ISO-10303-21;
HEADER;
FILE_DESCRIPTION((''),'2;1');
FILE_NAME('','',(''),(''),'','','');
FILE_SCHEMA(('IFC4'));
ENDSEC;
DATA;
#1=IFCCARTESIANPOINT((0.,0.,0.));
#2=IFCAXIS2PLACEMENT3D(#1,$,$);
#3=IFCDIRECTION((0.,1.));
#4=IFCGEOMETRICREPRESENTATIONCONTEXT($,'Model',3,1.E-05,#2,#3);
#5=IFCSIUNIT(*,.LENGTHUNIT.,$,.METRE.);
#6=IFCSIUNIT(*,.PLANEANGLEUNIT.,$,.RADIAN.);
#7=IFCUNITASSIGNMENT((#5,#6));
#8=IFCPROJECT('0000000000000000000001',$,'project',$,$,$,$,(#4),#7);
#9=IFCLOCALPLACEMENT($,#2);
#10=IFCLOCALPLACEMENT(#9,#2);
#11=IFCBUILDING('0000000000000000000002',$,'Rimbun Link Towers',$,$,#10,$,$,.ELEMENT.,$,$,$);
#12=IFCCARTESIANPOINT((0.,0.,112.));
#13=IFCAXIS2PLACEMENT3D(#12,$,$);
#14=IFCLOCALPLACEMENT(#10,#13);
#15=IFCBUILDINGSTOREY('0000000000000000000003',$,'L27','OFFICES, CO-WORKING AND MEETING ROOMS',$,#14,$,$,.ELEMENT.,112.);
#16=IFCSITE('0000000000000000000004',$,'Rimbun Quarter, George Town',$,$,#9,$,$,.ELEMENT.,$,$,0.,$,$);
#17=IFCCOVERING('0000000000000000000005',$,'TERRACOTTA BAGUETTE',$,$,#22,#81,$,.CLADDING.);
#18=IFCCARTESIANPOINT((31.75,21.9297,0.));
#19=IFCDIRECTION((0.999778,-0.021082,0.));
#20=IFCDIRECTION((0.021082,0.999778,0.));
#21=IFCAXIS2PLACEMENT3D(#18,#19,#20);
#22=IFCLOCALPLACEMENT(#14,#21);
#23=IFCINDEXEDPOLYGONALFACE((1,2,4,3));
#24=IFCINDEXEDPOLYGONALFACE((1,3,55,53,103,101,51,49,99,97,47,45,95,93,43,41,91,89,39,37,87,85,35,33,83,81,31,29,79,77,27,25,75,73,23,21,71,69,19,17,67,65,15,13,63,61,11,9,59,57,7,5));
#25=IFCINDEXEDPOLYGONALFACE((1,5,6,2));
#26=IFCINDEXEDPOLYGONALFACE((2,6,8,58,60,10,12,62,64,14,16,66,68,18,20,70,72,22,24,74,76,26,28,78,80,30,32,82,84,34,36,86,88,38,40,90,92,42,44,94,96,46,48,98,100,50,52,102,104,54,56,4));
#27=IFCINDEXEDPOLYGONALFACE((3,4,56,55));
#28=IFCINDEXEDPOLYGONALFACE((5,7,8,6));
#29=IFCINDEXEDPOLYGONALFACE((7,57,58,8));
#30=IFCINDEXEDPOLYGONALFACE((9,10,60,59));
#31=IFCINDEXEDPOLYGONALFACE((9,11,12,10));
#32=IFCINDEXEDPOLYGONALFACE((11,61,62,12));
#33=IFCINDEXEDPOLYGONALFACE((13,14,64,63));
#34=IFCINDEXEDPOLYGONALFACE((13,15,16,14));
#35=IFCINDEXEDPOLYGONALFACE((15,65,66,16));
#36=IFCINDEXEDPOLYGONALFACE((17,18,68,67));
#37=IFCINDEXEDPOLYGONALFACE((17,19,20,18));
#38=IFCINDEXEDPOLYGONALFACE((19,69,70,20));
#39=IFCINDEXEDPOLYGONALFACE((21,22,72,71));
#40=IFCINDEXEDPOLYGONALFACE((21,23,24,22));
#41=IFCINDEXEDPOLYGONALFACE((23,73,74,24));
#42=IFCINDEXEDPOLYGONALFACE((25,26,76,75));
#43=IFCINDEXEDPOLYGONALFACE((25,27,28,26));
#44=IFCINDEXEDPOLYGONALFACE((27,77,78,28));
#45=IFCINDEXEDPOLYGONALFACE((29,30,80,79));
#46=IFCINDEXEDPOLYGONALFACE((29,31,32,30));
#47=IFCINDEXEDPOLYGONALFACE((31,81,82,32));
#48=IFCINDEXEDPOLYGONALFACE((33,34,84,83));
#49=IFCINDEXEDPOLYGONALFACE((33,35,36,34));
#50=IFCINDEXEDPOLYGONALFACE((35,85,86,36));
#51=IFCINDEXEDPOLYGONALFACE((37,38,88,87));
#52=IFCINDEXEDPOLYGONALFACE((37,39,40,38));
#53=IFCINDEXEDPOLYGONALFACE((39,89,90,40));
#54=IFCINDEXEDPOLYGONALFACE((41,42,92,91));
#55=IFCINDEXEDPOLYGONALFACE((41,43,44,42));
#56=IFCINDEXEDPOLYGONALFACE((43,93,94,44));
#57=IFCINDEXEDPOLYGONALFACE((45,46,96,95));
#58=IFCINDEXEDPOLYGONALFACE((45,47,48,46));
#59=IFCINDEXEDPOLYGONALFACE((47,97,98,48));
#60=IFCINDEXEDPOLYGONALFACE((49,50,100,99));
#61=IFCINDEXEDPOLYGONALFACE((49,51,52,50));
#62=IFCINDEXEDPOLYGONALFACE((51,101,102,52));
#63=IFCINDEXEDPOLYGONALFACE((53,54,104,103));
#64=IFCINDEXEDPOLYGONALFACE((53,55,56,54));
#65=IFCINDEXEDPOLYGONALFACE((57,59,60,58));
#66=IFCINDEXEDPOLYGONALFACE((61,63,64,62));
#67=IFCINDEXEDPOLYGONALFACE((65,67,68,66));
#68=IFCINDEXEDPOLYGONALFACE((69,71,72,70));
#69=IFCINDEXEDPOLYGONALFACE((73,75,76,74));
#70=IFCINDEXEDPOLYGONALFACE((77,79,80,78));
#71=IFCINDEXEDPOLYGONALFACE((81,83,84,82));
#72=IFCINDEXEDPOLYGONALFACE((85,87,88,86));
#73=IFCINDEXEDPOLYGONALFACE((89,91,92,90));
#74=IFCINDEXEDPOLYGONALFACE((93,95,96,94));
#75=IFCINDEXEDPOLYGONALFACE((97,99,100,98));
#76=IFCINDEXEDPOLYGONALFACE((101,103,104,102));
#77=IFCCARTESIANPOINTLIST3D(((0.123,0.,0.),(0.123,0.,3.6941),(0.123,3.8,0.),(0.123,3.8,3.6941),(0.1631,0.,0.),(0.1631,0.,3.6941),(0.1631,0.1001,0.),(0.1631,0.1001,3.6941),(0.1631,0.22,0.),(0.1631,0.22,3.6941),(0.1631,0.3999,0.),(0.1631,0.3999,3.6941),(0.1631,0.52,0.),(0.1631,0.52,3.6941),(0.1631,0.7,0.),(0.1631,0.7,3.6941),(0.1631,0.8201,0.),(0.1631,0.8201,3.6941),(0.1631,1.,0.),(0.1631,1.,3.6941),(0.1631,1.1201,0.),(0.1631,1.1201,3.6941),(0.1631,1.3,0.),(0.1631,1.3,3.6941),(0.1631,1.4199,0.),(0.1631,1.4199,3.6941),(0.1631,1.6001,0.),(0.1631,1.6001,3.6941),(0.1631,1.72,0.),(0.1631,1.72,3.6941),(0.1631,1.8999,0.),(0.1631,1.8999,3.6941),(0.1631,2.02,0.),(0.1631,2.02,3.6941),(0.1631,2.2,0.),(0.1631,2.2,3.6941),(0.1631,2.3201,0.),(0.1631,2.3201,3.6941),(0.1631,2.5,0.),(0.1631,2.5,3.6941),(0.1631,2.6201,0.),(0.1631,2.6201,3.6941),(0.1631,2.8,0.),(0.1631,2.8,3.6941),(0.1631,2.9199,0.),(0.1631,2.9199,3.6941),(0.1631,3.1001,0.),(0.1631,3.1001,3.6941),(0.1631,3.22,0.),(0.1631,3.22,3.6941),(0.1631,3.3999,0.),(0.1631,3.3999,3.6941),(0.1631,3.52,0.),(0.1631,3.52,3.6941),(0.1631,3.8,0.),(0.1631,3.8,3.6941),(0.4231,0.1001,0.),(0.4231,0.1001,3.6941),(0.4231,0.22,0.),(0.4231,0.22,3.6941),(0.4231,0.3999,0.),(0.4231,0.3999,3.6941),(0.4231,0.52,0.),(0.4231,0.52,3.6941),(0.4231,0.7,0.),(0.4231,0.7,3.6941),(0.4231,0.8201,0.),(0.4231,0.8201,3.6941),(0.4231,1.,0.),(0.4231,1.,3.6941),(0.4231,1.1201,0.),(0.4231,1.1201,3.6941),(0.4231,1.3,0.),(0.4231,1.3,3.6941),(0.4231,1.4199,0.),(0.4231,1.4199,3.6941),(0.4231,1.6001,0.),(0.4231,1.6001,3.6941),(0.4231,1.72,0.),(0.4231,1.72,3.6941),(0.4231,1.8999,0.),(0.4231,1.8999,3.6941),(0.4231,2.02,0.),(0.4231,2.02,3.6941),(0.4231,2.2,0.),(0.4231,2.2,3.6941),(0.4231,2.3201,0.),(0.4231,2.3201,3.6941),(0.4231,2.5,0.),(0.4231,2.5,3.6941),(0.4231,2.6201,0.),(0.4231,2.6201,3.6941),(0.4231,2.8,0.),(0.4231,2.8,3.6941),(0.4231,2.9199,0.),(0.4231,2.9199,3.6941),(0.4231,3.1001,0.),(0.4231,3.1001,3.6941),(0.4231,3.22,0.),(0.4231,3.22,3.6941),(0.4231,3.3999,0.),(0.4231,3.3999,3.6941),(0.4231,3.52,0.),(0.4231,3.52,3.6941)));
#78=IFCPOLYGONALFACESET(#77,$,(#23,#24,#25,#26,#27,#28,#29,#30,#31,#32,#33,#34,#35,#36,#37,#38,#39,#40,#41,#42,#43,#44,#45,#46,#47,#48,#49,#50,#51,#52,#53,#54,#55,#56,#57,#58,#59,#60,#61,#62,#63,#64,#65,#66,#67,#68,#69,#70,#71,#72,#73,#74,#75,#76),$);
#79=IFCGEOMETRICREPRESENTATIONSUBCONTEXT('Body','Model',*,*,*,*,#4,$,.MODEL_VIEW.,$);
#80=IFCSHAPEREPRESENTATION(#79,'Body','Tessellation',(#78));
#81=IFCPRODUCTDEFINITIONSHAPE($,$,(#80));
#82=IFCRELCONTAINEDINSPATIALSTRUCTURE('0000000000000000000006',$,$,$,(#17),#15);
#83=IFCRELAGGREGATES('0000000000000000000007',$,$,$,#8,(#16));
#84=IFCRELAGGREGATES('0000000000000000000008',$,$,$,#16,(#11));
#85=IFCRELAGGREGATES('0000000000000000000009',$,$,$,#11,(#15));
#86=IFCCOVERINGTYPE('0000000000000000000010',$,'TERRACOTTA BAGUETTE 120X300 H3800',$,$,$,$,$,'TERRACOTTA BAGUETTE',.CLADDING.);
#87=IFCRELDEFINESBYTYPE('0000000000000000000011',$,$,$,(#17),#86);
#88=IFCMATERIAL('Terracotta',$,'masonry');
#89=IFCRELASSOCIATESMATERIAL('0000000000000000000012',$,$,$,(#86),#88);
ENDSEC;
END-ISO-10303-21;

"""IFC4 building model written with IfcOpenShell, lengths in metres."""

from ifc_helpers import new_model, si_unit, direction, frame, origin, place, context, subcontext, project, spatial, polyline, outline, extrude, material, material_profile, profile_set, type_object, element, save


model = new_model("IFC4")

# Units and contexts
model_context = context("Model", 3, precision=1e-05, world=origin(), true_north=direction((0.0, 1.0)))
body_context = subcontext(model_context, "Body", "Model", "MODEL_VIEW")
ifc_project = project(units=[si_unit("LENGTHUNIT", "METRE"), si_unit("PLANEANGLEUNIT", "RADIAN")], contexts=[model_context])

# Site, building, storey
site_placement = place(None, origin())
site = spatial("IfcSite", under=ifc_project, at=site_placement, Name="Rimbun Quarter, George Town", CompositionType="ELEMENT", RefElevation=0.0)
building_placement = place(site_placement, origin())
building = spatial("IfcBuilding", under=site, at=building_placement, Name="Rimbun Link Towers", CompositionType="ELEMENT")
storey_placement = place(building_placement, frame((0.0, 0.0, 112.0)))
storey = spatial("IfcBuildingStorey", under=building, at=storey_placement, Name="L27", Description="OFFICES, CO-WORKING AND MEETING ROOMS", CompositionType="ELEMENT", Elevation=112.0)

# Covering
ifc_material_1 = material(Name="Terracotta", Category="masonry")
ifc_material_profile_1 = material_profile(ifc_material_1, outline(polyline([(0.123, 0.0), (0.1631, 0.0), (0.1631, 0.1001), (0.4231, 0.1001), (0.4231, 0.22), (0.1631, 0.22), (0.1631, 0.3999), (0.4231, 0.3999), (0.4231, 0.52), (0.1631, 0.52), (0.1631, 0.7), (0.4231, 0.7), (0.4231, 0.8201), (0.1631, 0.8201), (0.1631, 1.0), (0.4231, 1.0), (0.4231, 1.1201), (0.1631, 1.1201), (0.1631, 1.3), (0.4231, 1.3), (0.4231, 1.4199), (0.1631, 1.4199), (0.1631, 1.6001), (0.4231, 1.6001), (0.4231, 1.72), (0.1631, 1.72), (0.1631, 1.8999), (0.4231, 1.8999), (0.4231, 2.02), (0.1631, 2.02), (0.1631, 2.2), (0.4231, 2.2), (0.4231, 2.3201), (0.1631, 2.3201), (0.1631, 2.5), (0.4231, 2.5), (0.4231, 2.6201), (0.1631, 2.6201), (0.1631, 2.8), (0.4231, 2.8), (0.4231, 2.9199), (0.1631, 2.9199), (0.1631, 3.1001), (0.4231, 3.1001), (0.4231, 3.22), (0.1631, 3.22), (0.1631, 3.3999), (0.4231, 3.3999), (0.4231, 3.52), (0.1631, 3.52), (0.1631, 3.8), (0.123, 3.8), (0.123, 0.0)])), Name="BAGUETTE 120X300")
ifc_profile_set_1 = profile_set([ifc_material_profile_1], Name="Terracotta")
covering_type = type_object("IfcCoveringType", Name="TERRACOTTA BAGUETTE 120X300 H3800", ElementType="TERRACOTTA BAGUETTE", PredefinedType="CLADDING", material=ifc_profile_set_1)
covering_1_placement = place(storey_placement, frame((31.75, 21.9297, 0.0), z_axis=(0.999778, -0.021082, 0.0), x_axis=(0.021082, 0.999778, 0.0)))
element("IfcCovering", 1, at=covering_1_placement, inside=storey, type_object=covering_type, Name="TERRACOTTA BAGUETTE", PredefinedType="CLADDING", context=body_context, shape_type="SweptSolid", body=[
    extrude(outline(polyline([(0.123, 0.0), (0.1631, 0.0), (0.1631, 0.1001), (0.4231, 0.1001), (0.4231, 0.22), (0.1631, 0.22), (0.1631, 0.3999), (0.4231, 0.3999), (0.4231, 0.52), (0.1631, 0.52), (0.1631, 0.7), (0.4231, 0.7), (0.4231, 0.8201), (0.1631, 0.8201), (0.1631, 1.0), (0.4231, 1.0), (0.4231, 1.1201), (0.1631, 1.1201), (0.1631, 1.3), (0.4231, 1.3), (0.4231, 1.4199), (0.1631, 1.4199), (0.1631, 1.6001), (0.4231, 1.6001), (0.4231, 1.72), (0.1631, 1.72), (0.1631, 1.8999), (0.4231, 1.8999), (0.4231, 2.02), (0.1631, 2.02), (0.1631, 2.2), (0.4231, 2.2), (0.4231, 2.3201), (0.1631, 2.3201), (0.1631, 2.5), (0.4231, 2.5), (0.4231, 2.6201), (0.1631, 2.6201), (0.1631, 2.8), (0.4231, 2.8), (0.4231, 2.9199), (0.1631, 2.9199), (0.1631, 3.1001), (0.4231, 3.1001), (0.4231, 3.22), (0.1631, 3.22), (0.1631, 3.3999), (0.4231, 3.3999), (0.4231, 3.52), (0.1631, 3.52), (0.1631, 3.8), (0.123, 3.8), (0.123, 0.0)])), origin(), (0.0, 0.0, 1.0), 3.6941),
])

save(model, "model.ifc")
